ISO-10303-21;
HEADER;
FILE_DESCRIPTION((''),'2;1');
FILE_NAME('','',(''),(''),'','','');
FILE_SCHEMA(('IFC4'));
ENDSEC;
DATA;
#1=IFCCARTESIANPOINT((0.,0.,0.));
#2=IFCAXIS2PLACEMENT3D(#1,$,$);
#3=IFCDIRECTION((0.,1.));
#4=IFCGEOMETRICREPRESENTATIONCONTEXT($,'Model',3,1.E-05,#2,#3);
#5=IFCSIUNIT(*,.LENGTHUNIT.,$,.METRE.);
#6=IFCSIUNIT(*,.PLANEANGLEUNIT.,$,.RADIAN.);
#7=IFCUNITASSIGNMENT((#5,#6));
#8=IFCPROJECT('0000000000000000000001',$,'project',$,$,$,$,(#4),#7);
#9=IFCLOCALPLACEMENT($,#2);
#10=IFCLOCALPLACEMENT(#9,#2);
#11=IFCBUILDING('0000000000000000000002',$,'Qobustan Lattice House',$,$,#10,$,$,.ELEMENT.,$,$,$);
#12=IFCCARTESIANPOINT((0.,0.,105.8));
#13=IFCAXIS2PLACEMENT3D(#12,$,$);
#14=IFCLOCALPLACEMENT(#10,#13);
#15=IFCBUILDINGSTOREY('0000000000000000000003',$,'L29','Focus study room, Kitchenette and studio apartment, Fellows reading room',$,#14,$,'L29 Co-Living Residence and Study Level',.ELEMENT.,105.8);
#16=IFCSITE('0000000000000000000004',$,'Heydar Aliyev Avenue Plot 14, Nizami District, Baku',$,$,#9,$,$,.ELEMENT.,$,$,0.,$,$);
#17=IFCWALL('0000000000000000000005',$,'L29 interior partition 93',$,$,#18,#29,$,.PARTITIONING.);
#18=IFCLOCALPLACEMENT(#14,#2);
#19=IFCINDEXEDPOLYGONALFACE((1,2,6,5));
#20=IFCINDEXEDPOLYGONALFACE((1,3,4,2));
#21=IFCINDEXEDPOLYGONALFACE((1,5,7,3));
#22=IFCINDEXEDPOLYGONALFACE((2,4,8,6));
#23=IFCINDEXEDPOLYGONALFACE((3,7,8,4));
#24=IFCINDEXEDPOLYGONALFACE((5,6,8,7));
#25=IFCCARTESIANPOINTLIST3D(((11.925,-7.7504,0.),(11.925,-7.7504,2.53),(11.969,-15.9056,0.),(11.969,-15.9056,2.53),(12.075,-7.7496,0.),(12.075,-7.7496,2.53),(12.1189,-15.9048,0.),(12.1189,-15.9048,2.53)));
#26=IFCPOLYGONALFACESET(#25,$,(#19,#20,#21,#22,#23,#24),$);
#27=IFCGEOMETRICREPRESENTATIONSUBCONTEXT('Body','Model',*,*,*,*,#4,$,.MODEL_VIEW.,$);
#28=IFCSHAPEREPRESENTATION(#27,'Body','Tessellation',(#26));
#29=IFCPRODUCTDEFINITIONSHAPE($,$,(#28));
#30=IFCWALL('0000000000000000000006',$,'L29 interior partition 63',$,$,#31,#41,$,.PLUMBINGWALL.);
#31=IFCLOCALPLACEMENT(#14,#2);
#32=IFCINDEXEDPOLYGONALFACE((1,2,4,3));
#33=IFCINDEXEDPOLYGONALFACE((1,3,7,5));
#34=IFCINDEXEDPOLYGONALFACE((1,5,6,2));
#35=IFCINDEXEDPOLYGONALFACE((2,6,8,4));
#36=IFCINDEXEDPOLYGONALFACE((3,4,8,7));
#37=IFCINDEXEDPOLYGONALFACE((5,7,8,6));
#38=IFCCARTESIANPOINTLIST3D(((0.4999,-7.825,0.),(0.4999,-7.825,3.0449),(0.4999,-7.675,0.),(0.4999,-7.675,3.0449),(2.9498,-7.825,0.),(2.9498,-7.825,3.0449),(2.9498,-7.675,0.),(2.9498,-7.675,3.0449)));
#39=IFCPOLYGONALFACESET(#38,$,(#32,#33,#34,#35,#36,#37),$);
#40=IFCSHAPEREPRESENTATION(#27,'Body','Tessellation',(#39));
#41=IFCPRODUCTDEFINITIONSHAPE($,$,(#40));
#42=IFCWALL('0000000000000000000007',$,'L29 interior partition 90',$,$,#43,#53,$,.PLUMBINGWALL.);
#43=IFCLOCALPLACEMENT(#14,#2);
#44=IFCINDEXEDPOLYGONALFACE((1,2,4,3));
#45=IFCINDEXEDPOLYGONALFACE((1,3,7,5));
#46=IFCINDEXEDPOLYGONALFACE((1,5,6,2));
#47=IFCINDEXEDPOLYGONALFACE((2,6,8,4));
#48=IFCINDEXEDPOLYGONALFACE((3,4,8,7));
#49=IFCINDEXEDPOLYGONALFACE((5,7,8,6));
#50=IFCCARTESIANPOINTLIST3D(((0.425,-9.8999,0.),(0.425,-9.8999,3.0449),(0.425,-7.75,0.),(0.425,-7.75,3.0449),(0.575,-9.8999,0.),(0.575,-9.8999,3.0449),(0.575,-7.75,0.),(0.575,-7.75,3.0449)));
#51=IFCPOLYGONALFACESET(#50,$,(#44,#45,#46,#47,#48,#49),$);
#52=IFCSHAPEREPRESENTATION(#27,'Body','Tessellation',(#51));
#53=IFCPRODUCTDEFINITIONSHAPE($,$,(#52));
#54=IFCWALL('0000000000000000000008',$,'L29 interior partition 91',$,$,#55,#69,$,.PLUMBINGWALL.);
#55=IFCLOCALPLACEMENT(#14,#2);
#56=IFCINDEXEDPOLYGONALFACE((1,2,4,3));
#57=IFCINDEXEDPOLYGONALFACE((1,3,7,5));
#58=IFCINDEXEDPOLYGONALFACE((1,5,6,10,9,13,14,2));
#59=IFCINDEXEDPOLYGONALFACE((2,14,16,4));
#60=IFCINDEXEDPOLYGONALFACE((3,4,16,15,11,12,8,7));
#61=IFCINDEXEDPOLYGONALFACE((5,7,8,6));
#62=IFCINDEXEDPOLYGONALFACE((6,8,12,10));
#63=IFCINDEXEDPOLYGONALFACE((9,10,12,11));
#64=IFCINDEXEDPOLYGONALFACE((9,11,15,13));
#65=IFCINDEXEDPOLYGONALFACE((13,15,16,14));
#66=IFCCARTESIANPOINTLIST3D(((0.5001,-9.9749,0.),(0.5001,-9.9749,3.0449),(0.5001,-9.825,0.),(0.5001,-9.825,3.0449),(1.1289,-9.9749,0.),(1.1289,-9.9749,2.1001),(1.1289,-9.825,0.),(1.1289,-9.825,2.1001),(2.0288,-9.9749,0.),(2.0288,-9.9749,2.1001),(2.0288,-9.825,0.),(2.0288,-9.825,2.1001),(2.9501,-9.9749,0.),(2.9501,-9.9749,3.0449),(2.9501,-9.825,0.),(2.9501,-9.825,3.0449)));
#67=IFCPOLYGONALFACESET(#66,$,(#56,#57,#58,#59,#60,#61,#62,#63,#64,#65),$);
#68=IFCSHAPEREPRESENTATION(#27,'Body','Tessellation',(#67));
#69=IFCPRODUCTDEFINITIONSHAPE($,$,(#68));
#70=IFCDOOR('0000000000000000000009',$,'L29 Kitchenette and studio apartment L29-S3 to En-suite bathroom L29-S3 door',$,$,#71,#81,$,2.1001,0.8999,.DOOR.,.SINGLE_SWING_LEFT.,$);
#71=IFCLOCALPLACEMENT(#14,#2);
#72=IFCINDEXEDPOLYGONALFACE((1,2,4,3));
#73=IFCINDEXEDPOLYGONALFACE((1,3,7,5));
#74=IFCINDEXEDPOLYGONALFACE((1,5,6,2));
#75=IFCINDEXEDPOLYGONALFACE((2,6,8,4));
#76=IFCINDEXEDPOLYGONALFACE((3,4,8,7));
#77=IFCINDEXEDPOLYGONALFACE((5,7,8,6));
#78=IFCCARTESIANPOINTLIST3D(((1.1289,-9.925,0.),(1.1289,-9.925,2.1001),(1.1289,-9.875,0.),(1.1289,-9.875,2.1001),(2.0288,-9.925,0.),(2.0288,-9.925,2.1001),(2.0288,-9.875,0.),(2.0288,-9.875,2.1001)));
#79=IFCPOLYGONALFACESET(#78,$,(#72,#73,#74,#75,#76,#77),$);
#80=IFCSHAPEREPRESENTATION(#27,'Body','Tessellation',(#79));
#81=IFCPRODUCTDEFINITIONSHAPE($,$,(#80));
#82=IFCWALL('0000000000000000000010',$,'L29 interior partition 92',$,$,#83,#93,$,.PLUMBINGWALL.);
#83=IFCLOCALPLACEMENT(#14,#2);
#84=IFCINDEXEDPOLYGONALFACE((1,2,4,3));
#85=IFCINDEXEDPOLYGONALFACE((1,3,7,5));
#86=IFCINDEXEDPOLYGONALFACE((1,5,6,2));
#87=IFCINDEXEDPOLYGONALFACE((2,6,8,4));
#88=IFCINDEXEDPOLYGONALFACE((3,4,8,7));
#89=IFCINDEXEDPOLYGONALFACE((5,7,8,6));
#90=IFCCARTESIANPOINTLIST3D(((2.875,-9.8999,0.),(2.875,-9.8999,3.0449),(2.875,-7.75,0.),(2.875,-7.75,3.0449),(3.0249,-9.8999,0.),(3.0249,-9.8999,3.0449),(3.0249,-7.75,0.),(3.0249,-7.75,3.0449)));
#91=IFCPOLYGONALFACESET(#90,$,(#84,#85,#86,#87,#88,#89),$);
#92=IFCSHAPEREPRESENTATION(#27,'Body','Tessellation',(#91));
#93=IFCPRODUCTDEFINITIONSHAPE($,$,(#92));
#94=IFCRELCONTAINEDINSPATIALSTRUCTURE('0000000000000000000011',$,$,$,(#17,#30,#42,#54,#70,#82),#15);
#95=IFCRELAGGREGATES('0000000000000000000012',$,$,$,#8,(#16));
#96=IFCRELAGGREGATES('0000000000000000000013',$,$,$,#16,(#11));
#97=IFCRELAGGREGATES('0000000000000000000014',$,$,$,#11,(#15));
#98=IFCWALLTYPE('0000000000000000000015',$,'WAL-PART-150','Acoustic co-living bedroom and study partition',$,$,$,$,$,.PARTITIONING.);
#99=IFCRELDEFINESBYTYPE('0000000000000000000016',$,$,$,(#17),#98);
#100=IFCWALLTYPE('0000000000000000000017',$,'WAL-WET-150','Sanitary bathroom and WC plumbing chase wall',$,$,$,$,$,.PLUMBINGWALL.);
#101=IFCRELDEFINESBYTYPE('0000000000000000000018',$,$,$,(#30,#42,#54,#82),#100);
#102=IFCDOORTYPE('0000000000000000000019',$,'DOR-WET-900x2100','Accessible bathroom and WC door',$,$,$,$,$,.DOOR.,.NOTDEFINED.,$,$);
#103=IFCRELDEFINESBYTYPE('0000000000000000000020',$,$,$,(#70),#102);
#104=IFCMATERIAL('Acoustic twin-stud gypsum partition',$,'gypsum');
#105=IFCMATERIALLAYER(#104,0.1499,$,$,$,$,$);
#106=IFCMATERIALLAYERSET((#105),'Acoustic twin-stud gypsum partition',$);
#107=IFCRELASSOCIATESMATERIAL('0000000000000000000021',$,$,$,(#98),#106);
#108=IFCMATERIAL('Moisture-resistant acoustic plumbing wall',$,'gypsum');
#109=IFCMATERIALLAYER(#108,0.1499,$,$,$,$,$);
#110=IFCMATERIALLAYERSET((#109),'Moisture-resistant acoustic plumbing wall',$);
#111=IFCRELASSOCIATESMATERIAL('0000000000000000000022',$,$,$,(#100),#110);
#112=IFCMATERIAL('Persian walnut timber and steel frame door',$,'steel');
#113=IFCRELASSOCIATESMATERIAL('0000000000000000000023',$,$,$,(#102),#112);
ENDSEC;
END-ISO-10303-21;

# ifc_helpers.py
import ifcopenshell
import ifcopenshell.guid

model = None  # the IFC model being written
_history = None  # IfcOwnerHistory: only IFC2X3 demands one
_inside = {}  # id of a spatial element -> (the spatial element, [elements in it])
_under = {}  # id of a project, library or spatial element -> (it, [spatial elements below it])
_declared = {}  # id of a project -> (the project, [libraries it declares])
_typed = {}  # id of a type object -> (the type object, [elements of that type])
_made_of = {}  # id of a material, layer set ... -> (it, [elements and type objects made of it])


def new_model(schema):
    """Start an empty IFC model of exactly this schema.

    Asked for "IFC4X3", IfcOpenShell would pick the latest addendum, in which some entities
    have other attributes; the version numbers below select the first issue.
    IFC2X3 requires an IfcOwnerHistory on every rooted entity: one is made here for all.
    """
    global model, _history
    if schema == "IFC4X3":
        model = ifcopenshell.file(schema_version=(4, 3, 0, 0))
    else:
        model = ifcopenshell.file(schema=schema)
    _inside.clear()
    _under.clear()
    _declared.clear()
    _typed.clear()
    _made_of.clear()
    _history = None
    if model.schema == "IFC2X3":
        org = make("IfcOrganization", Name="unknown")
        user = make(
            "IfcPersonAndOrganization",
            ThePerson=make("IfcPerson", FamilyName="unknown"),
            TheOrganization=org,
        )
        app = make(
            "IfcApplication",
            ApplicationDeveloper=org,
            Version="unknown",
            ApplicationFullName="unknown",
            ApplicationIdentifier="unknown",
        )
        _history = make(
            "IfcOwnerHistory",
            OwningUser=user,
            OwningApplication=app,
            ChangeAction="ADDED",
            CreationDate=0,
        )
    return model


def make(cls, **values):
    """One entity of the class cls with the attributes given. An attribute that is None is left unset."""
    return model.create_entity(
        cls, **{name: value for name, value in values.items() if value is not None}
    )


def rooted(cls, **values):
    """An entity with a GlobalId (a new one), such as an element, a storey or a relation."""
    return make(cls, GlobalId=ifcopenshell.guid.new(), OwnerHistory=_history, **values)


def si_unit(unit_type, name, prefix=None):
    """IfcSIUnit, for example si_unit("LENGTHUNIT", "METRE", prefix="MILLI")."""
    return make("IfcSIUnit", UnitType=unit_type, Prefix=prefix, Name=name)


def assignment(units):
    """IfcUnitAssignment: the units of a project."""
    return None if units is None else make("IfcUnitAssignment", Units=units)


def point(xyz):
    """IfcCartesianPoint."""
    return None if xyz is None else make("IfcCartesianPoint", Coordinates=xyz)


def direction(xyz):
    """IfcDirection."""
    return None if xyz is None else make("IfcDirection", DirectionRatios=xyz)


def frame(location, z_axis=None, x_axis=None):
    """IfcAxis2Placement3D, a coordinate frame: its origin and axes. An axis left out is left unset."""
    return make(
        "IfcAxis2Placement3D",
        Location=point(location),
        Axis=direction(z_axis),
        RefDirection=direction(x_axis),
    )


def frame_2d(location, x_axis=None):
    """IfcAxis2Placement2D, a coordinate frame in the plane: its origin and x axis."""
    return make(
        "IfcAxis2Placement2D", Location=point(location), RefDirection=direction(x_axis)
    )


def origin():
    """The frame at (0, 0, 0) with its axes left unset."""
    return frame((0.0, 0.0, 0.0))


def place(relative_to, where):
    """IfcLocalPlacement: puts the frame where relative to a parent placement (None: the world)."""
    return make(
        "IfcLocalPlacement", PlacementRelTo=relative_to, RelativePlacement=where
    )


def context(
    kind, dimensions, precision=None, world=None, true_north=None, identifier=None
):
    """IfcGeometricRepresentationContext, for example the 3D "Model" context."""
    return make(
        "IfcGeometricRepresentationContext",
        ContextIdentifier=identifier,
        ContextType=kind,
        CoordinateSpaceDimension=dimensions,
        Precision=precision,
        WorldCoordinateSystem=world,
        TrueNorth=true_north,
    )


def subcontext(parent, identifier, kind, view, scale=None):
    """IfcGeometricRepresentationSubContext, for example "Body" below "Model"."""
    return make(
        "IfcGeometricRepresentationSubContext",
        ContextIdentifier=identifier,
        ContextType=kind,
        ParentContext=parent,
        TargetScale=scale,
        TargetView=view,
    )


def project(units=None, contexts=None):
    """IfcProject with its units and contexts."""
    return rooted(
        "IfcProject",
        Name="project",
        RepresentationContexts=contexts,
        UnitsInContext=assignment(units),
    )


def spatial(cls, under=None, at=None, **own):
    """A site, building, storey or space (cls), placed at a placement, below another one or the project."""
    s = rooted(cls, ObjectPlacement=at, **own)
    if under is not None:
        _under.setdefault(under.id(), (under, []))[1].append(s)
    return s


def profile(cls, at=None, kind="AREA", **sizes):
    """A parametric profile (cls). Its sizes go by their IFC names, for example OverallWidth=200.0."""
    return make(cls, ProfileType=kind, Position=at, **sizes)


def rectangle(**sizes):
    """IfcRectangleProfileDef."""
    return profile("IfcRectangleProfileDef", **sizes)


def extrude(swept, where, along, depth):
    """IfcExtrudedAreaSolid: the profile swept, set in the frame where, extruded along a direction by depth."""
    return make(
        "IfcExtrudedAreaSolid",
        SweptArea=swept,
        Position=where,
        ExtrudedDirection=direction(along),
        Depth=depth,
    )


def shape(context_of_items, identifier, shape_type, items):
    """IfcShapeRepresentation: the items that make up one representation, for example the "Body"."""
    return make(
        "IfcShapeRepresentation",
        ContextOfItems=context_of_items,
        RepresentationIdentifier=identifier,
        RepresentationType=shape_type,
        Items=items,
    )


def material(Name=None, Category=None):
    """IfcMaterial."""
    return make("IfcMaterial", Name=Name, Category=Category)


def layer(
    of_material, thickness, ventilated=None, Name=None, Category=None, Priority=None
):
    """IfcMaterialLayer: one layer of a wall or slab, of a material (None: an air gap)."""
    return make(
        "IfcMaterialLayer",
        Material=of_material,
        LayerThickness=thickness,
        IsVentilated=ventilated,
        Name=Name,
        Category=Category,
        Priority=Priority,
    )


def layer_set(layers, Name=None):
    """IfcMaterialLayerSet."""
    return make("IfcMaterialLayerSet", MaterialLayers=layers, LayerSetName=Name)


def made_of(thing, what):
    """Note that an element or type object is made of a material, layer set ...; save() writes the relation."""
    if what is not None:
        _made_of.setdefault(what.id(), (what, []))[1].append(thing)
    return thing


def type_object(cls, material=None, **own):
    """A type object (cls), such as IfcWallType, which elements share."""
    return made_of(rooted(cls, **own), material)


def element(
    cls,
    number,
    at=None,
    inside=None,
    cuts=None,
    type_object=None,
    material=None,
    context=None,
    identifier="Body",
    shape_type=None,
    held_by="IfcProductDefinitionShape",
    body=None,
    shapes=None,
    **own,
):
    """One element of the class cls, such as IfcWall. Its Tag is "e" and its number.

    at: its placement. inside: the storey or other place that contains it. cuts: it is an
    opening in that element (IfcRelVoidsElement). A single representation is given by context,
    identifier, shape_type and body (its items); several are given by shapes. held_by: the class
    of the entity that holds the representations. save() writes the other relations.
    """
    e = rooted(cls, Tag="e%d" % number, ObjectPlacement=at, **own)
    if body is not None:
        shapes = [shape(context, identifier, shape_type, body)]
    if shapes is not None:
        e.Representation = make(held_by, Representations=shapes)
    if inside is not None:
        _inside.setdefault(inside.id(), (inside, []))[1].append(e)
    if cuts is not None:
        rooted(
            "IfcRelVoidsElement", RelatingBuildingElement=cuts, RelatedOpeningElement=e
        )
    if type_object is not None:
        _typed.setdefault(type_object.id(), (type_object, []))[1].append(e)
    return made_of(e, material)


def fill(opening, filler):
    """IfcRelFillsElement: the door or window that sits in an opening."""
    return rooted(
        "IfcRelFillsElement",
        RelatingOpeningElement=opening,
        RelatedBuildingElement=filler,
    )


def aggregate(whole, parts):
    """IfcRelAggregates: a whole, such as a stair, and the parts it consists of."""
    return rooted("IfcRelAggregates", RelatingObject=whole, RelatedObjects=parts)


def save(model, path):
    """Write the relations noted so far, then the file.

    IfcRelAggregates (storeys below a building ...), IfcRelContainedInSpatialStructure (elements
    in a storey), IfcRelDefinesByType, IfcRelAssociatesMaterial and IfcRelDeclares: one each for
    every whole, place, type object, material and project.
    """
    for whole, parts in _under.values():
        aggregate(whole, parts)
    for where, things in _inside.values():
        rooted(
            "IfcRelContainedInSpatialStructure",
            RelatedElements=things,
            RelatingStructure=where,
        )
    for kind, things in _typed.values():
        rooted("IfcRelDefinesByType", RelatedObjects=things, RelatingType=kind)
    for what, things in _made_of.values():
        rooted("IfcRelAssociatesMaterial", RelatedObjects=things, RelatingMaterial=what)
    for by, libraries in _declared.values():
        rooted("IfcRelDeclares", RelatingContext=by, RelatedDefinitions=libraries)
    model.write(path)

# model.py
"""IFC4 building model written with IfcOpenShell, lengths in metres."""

from ifc_helpers import new_model, si_unit, direction, frame, frame_2d, origin, place, context, subcontext, project, spatial, rectangle, extrude, material, layer, layer_set, type_object, element, fill, save


model = new_model("IFC4")

# Units and contexts
model_context = context("Model", 3, precision=1e-05, world=origin(), true_north=direction((0.0, 1.0)))
body_context = subcontext(model_context, "Body", "Model", "MODEL_VIEW")
ifc_project = project(units=[si_unit("LENGTHUNIT", "METRE"), si_unit("PLANEANGLEUNIT", "RADIAN")], contexts=[model_context])

# Site, building, storey
site_placement = place(None, origin())
site = spatial("IfcSite", under=ifc_project, at=site_placement, Name="Heydar Aliyev Avenue Plot 14, Nizami District, Baku", CompositionType="ELEMENT", RefElevation=0.0)
building_placement = place(site_placement, origin())
building = spatial("IfcBuilding", under=site, at=building_placement, Name="Qobustan Lattice House", CompositionType="ELEMENT")
storey_placement = place(building_placement, frame((0.0, 0.0, 105.8)))
storey = spatial("IfcBuildingStorey", under=building, at=storey_placement, Name="L29", Description="Focus study room, Kitchenette and studio apartment, Fellows reading room", LongName="L29 Co-Living Residence and Study Level", CompositionType="ELEMENT", Elevation=105.8)

# Walls
ifc_material_1 = material(Name="Acoustic twin-stud gypsum partition", Category="gypsum")
ifc_layer_1 = layer(ifc_material_1, 0.1499)
ifc_layer_set_1 = layer_set([ifc_layer_1], Name="Acoustic twin-stud gypsum partition")
wall_type_1 = type_object("IfcWallType", Name="WAL-PART-150", Description="Acoustic co-living bedroom and study partition", PredefinedType="PARTITIONING", material=ifc_layer_set_1)
wall_1_placement = place(storey_placement, frame((12.0, -7.75, 0.0), z_axis=(0.0, 0.0, 1.0), x_axis=(0.005388, -0.999985, 0.0)))
element("IfcWall", 1, at=wall_1_placement, inside=storey, type_object=wall_type_1, Name="L29 interior partition 93", PredefinedType="PARTITIONING", context=body_context, shape_type="SweptSolid", body=[
    extrude(rectangle(XDim=8.1553, YDim=0.1499, at=frame_2d((4.0776, 0.0))), origin(), (0.0, 0.0, 1.0), 2.53),
])
ifc_material_2 = material(Name="Moisture-resistant acoustic plumbing wall", Category="gypsum")
ifc_layer_2 = layer(ifc_material_2, 0.1499)
ifc_layer_set_2 = layer_set([ifc_layer_2], Name="Moisture-resistant acoustic plumbing wall")
wall_type_2 = type_object("IfcWallType", Name="WAL-WET-150", Description="Sanitary bathroom and WC plumbing chase wall", PredefinedType="PLUMBINGWALL", material=ifc_layer_set_2)
wall_2_placement = place(storey_placement, frame((2.95, -7.75, 0.0), z_axis=(0.0, 0.0, 1.0), x_axis=(-1.0, 0.0, 0.0)))
element("IfcWall", 2, at=wall_2_placement, inside=storey, type_object=wall_type_2, Name="L29 interior partition 63", PredefinedType="PLUMBINGWALL", context=body_context, shape_type="SweptSolid", body=[
    extrude(rectangle(XDim=2.45, YDim=0.1499, at=frame_2d((1.2251, 0.0))), origin(), (0.0, 0.0, 1.0), 3.0449),
])
wall_3_placement = place(storey_placement, frame((0.5, -7.75, 0.0), z_axis=(0.0, 0.0, 1.0), x_axis=(0.0, -1.0, 0.0)))
element("IfcWall", 3, at=wall_3_placement, inside=storey, type_object=wall_type_2, Name="L29 interior partition 90", PredefinedType="PLUMBINGWALL", context=body_context, shape_type="SweptSolid", body=[
    extrude(rectangle(XDim=2.1499, YDim=0.1499, at=frame_2d((1.075, 0.0))), origin(), (0.0, 0.0, 1.0), 3.0449),
])

# Wall, opening, door
wall_4_placement = place(storey_placement, frame((0.5, -9.8999, 0.0), z_axis=(0.0, 0.0, 1.0), x_axis=(1.0, 0.0, 0.0)))
wall_4 = element("IfcWall", 4, at=wall_4_placement, inside=storey, type_object=wall_type_2, Name="L29 interior partition 91", PredefinedType="PLUMBINGWALL", context=body_context, shape_type="SweptSolid", body=[
    extrude(rectangle(XDim=2.45, YDim=0.1499, at=frame_2d((1.2251, 0.0))), origin(), (0.0, 0.0, 1.0), 3.0449),
])
opening_1_placement = place(wall_4_placement, frame((0.6289, 0.0, 0.0)))
opening_1 = element("IfcOpeningElement", 5, at=opening_1_placement, cuts=wall_4, PredefinedType="OPENING", context=body_context, shape_type="SweptSolid", body=[
    extrude(rectangle(XDim=0.8999, YDim=2.1001, at=frame_2d((0.45, 1.05))), frame((0.0, 0.085, 0.0), z_axis=(0.0, -1.0, 0.0), x_axis=(1.0, 0.0, 0.0)), (0.0, 0.0, 1.0), 0.1699),
])
ifc_material_3 = material(Name="Persian walnut timber and steel frame door", Category="steel")
door_type_1 = type_object("IfcDoorType", Name="DOR-WET-900x2100", Description="Accessible bathroom and WC door", OperationType="NOTDEFINED", PredefinedType="DOOR", material=ifc_material_3)
door_1_placement = place(opening_1_placement, origin())
door_1 = element("IfcDoor", 6, at=door_1_placement, inside=storey, type_object=door_type_1, Name="L29 Kitchenette and studio apartment L29-S3 to En-suite bathroom L29-S3 door", OperationType="SINGLE_SWING_LEFT", OverallHeight=2.1001, OverallWidth=0.8999, PredefinedType="DOOR", context=body_context, shape_type="SweptSolid", body=[
    extrude(rectangle(XDim=0.8999, YDim=2.1001, at=frame_2d((0.45, 1.05))), frame((0.0, 0.0249, 0.0), z_axis=(0.0, -1.0, 0.0), x_axis=(1.0, 0.0, 0.0)), (0.0, 0.0, 1.0), 0.05),
])
fill(opening_1, door_1)

# Wall
wall_5_placement = place(storey_placement, frame((2.95, -9.8999, 0.0), z_axis=(0.0, 0.0, 1.0), x_axis=(0.0, 1.0, 0.0)))
element("IfcWall", 7, at=wall_5_placement, inside=storey, type_object=wall_type_2, Name="L29 interior partition 92", PredefinedType="PLUMBINGWALL", context=body_context, shape_type="SweptSolid", body=[
    extrude(rectangle(XDim=2.1499, YDim=0.1499, at=frame_2d((1.075, 0.0))), origin(), (0.0, 0.0, 1.0), 3.0449),
])

save(model, "model.ifc")
